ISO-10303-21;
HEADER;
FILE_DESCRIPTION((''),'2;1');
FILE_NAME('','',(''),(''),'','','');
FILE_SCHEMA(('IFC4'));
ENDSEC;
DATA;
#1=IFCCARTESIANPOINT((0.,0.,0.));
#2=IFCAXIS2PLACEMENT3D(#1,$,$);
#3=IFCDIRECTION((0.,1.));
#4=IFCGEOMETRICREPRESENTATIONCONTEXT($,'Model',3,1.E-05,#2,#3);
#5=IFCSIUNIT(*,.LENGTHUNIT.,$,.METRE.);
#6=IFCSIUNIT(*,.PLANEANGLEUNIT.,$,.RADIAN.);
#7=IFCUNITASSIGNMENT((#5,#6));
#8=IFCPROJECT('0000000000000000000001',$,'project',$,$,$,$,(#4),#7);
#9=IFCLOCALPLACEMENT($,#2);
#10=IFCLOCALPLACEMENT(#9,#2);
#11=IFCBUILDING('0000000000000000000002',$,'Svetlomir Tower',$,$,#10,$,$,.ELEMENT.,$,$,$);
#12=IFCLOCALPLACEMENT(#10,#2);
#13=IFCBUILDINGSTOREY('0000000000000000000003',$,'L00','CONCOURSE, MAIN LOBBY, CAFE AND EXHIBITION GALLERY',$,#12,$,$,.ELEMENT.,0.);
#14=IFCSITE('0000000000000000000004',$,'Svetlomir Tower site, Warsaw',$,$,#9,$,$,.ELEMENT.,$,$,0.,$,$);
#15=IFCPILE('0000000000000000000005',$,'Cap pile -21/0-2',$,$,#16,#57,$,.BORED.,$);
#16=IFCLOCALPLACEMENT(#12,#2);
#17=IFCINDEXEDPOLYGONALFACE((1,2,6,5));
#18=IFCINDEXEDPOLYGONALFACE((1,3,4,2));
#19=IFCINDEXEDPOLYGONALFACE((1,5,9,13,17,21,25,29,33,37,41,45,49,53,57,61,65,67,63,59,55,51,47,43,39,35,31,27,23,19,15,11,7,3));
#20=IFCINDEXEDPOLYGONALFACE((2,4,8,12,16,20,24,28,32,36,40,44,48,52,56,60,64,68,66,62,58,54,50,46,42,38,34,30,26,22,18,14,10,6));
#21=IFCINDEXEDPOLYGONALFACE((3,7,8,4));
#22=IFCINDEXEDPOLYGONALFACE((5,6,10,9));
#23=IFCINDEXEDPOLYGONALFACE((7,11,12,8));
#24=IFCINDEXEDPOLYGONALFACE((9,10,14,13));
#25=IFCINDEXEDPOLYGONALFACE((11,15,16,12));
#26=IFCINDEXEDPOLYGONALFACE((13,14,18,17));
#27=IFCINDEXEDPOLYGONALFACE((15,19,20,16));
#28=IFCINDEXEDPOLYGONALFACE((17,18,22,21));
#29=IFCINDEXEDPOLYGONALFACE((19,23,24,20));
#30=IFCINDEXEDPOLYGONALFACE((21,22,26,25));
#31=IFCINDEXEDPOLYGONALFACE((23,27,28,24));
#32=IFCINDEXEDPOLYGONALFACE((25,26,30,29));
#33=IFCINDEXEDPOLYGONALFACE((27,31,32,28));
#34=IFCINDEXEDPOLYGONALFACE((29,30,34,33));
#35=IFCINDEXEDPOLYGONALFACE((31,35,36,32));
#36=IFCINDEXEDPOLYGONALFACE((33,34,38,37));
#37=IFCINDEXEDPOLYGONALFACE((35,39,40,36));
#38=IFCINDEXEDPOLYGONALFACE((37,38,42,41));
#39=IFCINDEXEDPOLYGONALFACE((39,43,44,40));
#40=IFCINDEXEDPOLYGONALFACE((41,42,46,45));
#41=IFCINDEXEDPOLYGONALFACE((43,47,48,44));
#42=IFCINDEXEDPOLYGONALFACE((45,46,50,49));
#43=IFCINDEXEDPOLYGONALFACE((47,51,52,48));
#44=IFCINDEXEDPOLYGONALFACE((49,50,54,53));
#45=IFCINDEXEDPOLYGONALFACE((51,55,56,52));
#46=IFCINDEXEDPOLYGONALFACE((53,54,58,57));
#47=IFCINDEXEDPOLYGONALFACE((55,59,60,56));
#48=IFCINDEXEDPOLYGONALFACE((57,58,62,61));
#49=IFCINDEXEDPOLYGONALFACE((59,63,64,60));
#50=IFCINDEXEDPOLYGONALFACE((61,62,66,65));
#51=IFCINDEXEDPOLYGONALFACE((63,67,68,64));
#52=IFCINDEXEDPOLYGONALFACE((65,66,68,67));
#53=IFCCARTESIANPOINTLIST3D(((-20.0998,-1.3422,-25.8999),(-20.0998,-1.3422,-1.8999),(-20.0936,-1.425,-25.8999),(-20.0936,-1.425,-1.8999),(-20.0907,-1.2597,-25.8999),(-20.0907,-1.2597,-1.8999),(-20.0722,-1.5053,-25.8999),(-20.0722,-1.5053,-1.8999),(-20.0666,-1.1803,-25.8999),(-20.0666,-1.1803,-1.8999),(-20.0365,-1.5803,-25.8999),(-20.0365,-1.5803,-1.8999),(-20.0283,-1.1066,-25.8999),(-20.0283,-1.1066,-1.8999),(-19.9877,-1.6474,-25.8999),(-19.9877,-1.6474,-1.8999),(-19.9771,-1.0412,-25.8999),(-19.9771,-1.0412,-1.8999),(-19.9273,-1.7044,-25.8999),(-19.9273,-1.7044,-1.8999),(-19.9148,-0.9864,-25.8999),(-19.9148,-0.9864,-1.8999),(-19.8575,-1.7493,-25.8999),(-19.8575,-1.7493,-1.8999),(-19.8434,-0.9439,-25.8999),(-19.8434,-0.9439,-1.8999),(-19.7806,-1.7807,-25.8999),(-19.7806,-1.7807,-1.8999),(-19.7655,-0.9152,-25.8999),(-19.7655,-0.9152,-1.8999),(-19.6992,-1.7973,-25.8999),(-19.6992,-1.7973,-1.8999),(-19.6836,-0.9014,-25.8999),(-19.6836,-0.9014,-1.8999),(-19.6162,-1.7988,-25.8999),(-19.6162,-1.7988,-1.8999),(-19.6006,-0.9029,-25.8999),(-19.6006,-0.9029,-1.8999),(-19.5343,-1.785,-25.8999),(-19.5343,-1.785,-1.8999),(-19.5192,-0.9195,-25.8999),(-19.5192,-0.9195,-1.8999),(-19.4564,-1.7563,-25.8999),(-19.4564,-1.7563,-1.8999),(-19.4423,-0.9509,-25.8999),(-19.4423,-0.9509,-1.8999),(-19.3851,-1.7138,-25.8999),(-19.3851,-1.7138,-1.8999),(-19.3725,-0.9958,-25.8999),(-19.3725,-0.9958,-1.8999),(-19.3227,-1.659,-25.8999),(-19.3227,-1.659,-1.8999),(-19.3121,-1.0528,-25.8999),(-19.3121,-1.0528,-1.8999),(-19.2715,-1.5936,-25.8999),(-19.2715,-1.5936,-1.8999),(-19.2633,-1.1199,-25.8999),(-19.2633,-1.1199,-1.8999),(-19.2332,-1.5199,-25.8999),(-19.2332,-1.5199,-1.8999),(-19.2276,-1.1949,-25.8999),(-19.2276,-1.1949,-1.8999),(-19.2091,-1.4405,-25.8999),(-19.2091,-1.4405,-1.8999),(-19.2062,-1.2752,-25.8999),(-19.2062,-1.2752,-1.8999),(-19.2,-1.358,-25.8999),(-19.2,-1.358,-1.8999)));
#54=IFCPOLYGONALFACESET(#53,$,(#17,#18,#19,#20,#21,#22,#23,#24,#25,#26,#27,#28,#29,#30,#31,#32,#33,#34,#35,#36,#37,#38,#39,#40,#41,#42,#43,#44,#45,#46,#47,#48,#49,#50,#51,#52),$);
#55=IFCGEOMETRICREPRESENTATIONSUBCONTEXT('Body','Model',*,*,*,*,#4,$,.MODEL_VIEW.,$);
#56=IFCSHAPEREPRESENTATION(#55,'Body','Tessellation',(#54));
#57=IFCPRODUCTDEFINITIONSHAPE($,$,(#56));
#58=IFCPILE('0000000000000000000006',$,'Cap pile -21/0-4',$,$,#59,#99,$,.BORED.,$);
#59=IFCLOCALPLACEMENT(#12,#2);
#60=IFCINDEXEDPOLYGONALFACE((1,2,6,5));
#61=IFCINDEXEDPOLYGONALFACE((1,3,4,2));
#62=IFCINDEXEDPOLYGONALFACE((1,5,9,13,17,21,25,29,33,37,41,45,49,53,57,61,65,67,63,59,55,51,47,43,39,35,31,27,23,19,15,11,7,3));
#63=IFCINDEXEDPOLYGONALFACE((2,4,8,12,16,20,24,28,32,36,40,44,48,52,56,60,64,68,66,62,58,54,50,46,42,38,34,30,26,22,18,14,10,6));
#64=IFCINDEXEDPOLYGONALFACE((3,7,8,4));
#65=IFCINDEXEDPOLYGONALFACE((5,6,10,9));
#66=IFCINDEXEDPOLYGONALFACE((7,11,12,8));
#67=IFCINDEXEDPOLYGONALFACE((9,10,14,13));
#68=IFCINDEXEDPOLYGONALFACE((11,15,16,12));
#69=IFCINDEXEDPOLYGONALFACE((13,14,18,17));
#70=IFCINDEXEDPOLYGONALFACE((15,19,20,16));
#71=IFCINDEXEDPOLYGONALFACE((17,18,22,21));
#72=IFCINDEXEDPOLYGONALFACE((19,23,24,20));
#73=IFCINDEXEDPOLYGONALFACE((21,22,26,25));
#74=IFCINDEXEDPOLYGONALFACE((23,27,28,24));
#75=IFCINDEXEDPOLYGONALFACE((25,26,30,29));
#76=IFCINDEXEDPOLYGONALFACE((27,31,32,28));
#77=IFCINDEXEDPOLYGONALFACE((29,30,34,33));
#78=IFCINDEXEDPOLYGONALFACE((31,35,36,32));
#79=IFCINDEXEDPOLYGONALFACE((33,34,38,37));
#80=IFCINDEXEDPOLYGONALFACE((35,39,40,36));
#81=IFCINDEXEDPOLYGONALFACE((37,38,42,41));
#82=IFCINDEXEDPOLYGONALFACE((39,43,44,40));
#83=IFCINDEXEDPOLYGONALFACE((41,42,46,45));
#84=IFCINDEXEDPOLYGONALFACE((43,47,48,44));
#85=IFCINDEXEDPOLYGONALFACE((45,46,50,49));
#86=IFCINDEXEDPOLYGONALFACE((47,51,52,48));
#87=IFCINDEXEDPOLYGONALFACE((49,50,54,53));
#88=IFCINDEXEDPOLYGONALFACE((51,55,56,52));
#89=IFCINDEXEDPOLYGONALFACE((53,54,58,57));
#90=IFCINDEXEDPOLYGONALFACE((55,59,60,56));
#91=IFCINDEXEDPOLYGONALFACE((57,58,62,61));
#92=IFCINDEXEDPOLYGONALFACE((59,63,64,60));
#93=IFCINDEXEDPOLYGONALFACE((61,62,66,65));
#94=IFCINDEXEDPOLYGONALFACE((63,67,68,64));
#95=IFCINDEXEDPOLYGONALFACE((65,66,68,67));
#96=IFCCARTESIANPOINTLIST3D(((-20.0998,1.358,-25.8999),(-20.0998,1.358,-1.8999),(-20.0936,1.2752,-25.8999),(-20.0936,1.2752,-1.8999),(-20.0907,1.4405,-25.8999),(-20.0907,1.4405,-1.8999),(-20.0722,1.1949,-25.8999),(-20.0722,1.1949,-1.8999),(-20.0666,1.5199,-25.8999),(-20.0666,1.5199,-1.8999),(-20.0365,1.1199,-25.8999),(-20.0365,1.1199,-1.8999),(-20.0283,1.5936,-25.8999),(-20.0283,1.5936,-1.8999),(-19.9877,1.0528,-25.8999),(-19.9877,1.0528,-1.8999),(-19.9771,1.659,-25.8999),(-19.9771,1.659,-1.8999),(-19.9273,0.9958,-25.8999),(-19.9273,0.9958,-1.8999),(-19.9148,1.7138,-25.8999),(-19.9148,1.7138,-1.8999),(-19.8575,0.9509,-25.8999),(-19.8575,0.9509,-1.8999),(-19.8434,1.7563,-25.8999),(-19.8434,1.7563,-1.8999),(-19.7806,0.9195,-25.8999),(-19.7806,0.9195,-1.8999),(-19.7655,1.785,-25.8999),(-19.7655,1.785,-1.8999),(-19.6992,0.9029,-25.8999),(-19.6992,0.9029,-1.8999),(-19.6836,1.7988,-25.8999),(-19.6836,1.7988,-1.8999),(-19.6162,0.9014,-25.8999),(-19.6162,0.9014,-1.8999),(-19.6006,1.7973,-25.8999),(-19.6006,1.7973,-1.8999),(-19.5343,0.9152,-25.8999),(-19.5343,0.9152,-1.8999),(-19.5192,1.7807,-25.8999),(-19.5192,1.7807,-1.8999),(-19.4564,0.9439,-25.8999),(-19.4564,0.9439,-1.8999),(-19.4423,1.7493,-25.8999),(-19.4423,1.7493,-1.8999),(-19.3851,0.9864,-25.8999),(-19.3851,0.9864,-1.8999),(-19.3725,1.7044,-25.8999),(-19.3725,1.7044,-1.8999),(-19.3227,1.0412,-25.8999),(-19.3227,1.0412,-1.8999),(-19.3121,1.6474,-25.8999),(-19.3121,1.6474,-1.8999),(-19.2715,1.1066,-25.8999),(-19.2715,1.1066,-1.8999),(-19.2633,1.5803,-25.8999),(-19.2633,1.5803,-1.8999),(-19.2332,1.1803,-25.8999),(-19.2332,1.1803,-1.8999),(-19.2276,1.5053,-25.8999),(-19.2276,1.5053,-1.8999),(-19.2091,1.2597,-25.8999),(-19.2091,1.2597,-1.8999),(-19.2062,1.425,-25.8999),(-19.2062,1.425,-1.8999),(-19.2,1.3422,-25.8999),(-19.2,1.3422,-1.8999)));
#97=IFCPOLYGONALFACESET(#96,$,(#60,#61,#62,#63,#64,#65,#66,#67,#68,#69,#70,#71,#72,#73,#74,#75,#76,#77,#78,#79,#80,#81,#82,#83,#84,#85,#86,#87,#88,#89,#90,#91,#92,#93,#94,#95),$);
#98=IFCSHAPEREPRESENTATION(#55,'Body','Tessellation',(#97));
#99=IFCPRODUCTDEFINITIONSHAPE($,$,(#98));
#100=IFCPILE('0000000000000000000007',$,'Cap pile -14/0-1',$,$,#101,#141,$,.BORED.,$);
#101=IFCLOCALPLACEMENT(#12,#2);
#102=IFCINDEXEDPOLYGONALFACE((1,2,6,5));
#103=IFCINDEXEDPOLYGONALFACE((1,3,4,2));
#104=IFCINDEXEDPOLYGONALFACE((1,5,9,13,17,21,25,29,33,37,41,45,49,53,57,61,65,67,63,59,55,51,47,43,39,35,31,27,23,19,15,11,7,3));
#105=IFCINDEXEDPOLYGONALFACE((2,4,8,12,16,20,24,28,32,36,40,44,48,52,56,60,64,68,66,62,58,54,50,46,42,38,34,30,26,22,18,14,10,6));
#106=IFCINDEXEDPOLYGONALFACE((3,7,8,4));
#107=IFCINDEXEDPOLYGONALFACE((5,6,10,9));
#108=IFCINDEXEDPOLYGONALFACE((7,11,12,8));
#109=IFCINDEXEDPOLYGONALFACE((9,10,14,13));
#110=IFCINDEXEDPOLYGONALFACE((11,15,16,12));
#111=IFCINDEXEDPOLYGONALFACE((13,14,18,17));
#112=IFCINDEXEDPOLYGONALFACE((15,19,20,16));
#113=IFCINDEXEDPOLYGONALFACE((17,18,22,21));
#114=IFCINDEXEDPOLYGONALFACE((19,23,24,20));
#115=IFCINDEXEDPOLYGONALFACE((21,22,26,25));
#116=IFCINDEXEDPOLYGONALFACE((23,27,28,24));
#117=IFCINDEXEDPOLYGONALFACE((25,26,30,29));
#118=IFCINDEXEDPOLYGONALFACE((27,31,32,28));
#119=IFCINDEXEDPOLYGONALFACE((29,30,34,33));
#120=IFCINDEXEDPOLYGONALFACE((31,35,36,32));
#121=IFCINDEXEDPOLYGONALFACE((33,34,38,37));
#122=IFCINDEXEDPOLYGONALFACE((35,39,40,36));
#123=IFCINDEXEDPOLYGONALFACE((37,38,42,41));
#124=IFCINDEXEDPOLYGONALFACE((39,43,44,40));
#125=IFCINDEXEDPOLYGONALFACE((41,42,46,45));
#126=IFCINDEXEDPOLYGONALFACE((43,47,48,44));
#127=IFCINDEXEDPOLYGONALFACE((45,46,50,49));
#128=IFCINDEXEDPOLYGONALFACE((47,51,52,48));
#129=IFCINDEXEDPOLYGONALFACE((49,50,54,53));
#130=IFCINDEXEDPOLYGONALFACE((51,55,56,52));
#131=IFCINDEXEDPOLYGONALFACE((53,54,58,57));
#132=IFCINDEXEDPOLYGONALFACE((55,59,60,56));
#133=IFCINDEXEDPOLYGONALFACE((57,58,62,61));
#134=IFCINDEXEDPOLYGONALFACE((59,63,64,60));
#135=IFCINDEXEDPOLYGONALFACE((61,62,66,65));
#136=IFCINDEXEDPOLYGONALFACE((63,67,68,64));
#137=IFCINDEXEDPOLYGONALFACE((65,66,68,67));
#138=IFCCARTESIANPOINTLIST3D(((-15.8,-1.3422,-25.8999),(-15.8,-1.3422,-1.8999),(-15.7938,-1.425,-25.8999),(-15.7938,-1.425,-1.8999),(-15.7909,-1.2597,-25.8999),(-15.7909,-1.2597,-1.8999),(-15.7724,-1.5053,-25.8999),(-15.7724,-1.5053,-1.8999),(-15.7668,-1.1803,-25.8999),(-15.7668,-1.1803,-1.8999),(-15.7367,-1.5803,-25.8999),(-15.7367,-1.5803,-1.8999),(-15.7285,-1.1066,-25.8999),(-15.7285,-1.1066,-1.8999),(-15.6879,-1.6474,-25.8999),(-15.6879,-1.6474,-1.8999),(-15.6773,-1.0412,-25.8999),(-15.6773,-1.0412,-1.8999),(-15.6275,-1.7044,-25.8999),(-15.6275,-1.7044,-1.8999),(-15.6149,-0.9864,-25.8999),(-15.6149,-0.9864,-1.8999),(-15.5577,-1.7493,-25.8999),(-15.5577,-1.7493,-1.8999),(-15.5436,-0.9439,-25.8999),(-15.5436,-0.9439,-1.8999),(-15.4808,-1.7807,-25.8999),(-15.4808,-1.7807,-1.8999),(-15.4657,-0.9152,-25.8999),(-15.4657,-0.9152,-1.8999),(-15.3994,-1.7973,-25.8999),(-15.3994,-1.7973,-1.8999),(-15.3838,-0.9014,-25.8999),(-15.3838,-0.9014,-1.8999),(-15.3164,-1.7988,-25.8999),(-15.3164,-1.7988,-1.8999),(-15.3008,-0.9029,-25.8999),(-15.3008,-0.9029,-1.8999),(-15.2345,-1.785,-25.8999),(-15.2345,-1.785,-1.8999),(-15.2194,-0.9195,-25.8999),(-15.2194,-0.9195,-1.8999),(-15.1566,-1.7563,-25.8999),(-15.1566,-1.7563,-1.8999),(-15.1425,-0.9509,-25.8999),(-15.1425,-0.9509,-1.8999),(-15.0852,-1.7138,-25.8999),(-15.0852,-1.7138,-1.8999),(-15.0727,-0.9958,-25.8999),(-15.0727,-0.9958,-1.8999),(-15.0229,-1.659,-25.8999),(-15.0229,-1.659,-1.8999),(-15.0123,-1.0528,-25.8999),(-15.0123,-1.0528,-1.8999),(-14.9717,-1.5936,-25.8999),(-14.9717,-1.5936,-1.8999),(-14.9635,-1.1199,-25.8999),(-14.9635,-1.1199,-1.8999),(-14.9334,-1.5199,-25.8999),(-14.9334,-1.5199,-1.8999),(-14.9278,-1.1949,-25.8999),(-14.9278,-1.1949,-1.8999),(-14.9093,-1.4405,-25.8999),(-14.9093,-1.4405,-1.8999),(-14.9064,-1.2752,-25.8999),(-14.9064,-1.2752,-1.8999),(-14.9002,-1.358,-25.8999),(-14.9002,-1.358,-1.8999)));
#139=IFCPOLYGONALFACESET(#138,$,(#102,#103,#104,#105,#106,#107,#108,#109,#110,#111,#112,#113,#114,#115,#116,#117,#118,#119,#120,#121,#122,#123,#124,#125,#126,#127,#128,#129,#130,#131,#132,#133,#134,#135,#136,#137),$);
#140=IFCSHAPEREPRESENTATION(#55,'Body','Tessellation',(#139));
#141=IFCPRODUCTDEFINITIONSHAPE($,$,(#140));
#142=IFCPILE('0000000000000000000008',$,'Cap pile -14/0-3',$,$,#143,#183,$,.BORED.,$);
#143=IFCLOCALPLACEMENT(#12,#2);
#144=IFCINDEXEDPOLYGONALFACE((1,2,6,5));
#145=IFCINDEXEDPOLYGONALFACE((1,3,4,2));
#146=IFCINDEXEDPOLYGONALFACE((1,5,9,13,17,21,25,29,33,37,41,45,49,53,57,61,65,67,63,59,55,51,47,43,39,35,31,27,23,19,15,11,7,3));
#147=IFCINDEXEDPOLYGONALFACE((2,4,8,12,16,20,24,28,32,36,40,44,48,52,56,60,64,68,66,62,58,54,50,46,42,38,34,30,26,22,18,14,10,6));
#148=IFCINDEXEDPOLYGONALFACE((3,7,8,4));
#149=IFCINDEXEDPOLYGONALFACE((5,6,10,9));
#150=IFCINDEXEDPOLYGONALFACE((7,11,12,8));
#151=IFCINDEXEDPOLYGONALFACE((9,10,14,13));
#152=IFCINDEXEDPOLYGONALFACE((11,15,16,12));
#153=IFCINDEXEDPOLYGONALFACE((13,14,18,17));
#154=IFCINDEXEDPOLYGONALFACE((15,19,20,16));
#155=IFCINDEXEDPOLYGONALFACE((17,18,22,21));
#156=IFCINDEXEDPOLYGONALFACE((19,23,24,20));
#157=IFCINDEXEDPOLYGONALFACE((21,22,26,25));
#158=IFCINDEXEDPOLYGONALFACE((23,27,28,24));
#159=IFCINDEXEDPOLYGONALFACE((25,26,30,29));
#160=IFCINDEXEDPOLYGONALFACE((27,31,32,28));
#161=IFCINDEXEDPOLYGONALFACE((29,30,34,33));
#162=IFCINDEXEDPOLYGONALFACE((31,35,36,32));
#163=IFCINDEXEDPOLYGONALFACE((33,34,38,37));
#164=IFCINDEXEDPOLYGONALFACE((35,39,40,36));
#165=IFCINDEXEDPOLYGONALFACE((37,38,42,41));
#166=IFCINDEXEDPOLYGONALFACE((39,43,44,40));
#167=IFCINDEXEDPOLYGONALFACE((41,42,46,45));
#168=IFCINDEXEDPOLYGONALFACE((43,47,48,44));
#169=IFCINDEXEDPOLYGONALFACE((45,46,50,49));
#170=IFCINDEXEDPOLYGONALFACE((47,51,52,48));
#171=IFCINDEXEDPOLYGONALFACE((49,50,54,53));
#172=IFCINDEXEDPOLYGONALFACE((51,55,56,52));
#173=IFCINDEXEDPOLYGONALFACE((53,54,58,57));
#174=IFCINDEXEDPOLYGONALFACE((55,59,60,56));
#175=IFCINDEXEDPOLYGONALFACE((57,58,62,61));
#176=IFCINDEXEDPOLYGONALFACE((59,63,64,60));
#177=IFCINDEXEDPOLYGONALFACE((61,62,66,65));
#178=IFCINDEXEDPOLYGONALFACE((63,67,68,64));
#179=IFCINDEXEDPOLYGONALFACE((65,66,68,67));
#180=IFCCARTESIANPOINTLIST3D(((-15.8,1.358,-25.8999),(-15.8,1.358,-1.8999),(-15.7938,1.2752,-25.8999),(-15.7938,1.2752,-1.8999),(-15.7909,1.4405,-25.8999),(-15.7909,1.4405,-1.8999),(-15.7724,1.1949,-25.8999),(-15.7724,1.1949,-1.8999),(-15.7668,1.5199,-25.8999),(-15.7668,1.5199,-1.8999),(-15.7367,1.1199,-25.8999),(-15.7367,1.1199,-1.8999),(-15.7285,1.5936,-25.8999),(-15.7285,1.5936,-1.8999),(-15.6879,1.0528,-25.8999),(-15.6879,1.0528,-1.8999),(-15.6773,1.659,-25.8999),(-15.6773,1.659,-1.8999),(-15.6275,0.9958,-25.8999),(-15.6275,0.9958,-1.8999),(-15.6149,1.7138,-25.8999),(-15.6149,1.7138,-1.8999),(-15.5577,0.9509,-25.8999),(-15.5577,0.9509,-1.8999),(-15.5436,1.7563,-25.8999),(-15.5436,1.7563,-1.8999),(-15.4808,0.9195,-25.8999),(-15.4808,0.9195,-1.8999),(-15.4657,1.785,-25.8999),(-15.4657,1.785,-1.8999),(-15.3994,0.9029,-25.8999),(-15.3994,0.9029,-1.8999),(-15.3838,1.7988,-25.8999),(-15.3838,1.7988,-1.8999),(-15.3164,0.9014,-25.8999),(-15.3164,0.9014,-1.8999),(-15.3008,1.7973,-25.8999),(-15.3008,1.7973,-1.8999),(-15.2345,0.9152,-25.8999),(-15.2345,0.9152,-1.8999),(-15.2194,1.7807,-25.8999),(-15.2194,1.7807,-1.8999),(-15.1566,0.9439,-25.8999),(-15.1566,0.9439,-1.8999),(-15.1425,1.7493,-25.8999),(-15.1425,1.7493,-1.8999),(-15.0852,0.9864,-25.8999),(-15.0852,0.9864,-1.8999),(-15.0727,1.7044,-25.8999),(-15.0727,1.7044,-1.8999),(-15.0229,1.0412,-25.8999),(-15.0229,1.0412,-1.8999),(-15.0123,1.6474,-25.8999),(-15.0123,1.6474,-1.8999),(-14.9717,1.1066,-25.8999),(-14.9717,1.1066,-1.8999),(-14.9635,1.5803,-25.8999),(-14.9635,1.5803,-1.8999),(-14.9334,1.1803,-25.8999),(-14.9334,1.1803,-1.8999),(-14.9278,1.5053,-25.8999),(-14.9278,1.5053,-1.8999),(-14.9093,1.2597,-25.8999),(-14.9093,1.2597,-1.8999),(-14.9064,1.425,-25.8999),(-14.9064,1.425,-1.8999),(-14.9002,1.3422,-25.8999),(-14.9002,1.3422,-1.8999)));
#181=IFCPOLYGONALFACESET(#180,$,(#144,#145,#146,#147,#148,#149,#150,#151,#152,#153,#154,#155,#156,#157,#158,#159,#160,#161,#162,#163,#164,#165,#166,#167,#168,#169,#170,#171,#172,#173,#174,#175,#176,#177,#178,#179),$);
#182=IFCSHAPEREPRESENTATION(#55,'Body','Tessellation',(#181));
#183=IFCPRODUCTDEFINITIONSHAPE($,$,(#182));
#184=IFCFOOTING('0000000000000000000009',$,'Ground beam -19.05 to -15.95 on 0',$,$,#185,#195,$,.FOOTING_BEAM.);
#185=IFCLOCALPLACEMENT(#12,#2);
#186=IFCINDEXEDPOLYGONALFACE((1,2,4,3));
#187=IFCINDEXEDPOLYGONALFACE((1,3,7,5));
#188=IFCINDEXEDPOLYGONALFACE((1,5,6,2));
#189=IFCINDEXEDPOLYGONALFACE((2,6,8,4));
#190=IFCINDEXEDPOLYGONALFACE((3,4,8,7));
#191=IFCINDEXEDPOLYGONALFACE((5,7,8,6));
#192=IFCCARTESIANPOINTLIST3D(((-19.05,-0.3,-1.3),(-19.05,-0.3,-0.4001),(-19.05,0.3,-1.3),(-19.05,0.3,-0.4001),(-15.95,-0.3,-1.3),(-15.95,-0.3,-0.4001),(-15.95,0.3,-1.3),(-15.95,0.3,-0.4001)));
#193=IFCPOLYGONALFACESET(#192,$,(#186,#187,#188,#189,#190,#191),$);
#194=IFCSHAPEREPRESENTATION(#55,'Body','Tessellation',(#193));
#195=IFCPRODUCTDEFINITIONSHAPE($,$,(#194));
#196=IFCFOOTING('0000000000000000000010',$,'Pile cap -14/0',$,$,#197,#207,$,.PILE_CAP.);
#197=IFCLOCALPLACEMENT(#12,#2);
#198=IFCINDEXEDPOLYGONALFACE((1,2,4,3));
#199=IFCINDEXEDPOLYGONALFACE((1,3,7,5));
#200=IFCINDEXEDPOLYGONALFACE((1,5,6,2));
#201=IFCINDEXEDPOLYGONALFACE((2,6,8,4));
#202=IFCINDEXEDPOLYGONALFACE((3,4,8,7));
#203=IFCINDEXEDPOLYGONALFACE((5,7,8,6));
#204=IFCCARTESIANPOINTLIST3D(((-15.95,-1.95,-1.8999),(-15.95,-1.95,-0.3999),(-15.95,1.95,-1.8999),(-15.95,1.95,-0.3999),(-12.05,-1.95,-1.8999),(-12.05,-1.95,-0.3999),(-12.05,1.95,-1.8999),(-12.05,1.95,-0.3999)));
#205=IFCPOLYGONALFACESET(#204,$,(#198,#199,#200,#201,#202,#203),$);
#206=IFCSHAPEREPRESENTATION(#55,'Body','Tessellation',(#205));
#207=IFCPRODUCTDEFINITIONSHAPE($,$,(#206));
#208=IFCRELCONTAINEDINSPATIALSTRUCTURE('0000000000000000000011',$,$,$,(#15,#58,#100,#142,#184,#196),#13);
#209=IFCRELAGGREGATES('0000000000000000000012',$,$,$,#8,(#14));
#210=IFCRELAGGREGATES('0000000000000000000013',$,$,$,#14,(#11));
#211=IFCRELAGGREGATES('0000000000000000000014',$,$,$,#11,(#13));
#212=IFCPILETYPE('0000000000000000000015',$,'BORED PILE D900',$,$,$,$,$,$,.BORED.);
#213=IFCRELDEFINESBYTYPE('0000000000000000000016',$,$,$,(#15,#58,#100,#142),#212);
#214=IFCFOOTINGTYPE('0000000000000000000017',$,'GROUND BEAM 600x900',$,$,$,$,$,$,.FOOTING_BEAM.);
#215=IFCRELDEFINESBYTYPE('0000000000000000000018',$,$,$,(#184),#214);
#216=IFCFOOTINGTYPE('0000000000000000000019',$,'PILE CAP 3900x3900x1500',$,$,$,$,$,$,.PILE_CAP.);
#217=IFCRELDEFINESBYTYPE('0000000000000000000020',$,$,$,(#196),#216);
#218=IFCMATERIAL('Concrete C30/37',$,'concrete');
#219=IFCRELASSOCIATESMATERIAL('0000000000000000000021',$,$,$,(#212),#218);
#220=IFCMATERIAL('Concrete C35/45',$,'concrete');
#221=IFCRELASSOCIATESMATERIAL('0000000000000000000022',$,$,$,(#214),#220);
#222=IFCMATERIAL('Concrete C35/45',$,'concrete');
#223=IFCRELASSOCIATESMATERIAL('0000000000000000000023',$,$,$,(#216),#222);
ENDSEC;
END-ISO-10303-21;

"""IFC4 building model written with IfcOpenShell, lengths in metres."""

from ifc_helpers import new_model, si_unit, direction, frame, frame_2d, origin, origin_2d, place, context, subcontext, project, spatial, rectangle, circle, extrude, material, material_profile, profile_set, type_object, element, save


model = new_model("IFC4")

# Units and contexts
model_context = context("Model", 3, precision=1e-05, world=origin(), true_north=direction((0.0, 1.0)))
body_context = subcontext(model_context, "Body", "Model", "MODEL_VIEW")
ifc_project = project(units=[si_unit("LENGTHUNIT", "METRE"), si_unit("PLANEANGLEUNIT", "RADIAN")], contexts=[model_context])

# Site, building, storey
site_placement = place(None, origin())
site = spatial("IfcSite", under=ifc_project, at=site_placement, Name="Svetlomir Tower site, Warsaw", CompositionType="ELEMENT", RefElevation=0.0)
building_placement = place(site_placement, origin())
building = spatial("IfcBuilding", under=site, at=building_placement, Name="Svetlomir Tower", CompositionType="ELEMENT")
storey_placement = place(building_placement, origin())
storey = spatial("IfcBuildingStorey", under=building, at=storey_placement, Name="L00", Description="CONCOURSE, MAIN LOBBY, CAFE AND EXHIBITION GALLERY", CompositionType="ELEMENT", Elevation=0.0)

# Piles
ifc_material_1 = material(Name="Concrete C30/37", Category="concrete")
ifc_material_profile_1 = material_profile(ifc_material_1, circle(Radius=0.45, at=origin_2d()), Name="RC D900")
ifc_profile_set_1 = profile_set([ifc_material_profile_1], Name="Concrete C30/37")
pile_type = type_object("IfcPileType", Name="BORED PILE D900", PredefinedType="BORED", material=ifc_profile_set_1)
for number, where, z_axis, x_axis, name in (
    (1, (-19.6499, -1.3501, -1.8999), (0.0, 0.0, -1.0), (1.0, 0.0, 0.0), "Cap pile -21/0-2"),
    (2, (-19.6499, 1.3501, -1.8999), (0.0, 0.0, -1.0), (1.0, 0.0, 0.0), "Cap pile -21/0-4"),
    (3, (-15.3501, -1.3501, -1.8999), (0.0, 0.0, -1.0), (1.0, 0.0, 0.0), "Cap pile -14/0-1"),
    (4, (-15.3501, 1.3501, -1.8999), (0.0, 0.0, -1.0), (1.0, 0.0, 0.0), "Cap pile -14/0-3"),
):
    element("IfcPile", number, at=place(storey_placement, frame(where, z_axis=z_axis, x_axis=x_axis)), inside=storey, type_object=pile_type, Name=name, PredefinedType="BORED", context=body_context, shape_type="SweptSolid", body=[
        extrude(circle(Radius=0.45, at=frame_2d((0.0, 0.0), x_axis=(0.999848, 0.017452))), origin(), (0.0, 0.0, 1.0), 24.0),
    ])

# Footings
ifc_material_2 = material(Name="Concrete C35/45", Category="concrete")
footing_type_1 = type_object("IfcFootingType", Name="GROUND BEAM 600x900", PredefinedType="FOOTING_BEAM", material=ifc_material_2)
footing_1_placement = place(storey_placement, frame((-17.5, 0.0, -1.3), z_axis=(0.0, 0.0, 1.0), x_axis=(1.0, 0.0, 0.0)))
element("IfcFooting", 5, at=footing_1_placement, inside=storey, type_object=footing_type_1, Name="Ground beam -19.05 to -15.95 on 0", PredefinedType="FOOTING_BEAM", context=body_context, shape_type="SweptSolid", body=[
    extrude(rectangle(XDim=3.1001, YDim=0.6001, at=origin_2d()), origin(), (0.0, 0.0, 1.0), 0.8999),
])
ifc_material_3 = material(Name="Concrete C35/45", Category="concrete")
footing_type_2 = type_object("IfcFootingType", Name="PILE CAP 3900x3900x1500", PredefinedType="PILE_CAP", material=ifc_material_3)
footing_2_placement = place(storey_placement, frame((-14.0, 0.0, -1.8999), z_axis=(0.0, 0.0, 1.0), x_axis=(1.0, 0.0, 0.0)))
element("IfcFooting", 6, at=footing_2_placement, inside=storey, type_object=footing_type_2, Name="Pile cap -14/0", PredefinedType="PILE_CAP", context=body_context, shape_type="SweptSolid", body=[
    extrude(rectangle(XDim=3.8999, YDim=3.8999, at=origin_2d()), origin(), (0.0, 0.0, 1.0), 1.5),
])

save(model, "model.ifc")
